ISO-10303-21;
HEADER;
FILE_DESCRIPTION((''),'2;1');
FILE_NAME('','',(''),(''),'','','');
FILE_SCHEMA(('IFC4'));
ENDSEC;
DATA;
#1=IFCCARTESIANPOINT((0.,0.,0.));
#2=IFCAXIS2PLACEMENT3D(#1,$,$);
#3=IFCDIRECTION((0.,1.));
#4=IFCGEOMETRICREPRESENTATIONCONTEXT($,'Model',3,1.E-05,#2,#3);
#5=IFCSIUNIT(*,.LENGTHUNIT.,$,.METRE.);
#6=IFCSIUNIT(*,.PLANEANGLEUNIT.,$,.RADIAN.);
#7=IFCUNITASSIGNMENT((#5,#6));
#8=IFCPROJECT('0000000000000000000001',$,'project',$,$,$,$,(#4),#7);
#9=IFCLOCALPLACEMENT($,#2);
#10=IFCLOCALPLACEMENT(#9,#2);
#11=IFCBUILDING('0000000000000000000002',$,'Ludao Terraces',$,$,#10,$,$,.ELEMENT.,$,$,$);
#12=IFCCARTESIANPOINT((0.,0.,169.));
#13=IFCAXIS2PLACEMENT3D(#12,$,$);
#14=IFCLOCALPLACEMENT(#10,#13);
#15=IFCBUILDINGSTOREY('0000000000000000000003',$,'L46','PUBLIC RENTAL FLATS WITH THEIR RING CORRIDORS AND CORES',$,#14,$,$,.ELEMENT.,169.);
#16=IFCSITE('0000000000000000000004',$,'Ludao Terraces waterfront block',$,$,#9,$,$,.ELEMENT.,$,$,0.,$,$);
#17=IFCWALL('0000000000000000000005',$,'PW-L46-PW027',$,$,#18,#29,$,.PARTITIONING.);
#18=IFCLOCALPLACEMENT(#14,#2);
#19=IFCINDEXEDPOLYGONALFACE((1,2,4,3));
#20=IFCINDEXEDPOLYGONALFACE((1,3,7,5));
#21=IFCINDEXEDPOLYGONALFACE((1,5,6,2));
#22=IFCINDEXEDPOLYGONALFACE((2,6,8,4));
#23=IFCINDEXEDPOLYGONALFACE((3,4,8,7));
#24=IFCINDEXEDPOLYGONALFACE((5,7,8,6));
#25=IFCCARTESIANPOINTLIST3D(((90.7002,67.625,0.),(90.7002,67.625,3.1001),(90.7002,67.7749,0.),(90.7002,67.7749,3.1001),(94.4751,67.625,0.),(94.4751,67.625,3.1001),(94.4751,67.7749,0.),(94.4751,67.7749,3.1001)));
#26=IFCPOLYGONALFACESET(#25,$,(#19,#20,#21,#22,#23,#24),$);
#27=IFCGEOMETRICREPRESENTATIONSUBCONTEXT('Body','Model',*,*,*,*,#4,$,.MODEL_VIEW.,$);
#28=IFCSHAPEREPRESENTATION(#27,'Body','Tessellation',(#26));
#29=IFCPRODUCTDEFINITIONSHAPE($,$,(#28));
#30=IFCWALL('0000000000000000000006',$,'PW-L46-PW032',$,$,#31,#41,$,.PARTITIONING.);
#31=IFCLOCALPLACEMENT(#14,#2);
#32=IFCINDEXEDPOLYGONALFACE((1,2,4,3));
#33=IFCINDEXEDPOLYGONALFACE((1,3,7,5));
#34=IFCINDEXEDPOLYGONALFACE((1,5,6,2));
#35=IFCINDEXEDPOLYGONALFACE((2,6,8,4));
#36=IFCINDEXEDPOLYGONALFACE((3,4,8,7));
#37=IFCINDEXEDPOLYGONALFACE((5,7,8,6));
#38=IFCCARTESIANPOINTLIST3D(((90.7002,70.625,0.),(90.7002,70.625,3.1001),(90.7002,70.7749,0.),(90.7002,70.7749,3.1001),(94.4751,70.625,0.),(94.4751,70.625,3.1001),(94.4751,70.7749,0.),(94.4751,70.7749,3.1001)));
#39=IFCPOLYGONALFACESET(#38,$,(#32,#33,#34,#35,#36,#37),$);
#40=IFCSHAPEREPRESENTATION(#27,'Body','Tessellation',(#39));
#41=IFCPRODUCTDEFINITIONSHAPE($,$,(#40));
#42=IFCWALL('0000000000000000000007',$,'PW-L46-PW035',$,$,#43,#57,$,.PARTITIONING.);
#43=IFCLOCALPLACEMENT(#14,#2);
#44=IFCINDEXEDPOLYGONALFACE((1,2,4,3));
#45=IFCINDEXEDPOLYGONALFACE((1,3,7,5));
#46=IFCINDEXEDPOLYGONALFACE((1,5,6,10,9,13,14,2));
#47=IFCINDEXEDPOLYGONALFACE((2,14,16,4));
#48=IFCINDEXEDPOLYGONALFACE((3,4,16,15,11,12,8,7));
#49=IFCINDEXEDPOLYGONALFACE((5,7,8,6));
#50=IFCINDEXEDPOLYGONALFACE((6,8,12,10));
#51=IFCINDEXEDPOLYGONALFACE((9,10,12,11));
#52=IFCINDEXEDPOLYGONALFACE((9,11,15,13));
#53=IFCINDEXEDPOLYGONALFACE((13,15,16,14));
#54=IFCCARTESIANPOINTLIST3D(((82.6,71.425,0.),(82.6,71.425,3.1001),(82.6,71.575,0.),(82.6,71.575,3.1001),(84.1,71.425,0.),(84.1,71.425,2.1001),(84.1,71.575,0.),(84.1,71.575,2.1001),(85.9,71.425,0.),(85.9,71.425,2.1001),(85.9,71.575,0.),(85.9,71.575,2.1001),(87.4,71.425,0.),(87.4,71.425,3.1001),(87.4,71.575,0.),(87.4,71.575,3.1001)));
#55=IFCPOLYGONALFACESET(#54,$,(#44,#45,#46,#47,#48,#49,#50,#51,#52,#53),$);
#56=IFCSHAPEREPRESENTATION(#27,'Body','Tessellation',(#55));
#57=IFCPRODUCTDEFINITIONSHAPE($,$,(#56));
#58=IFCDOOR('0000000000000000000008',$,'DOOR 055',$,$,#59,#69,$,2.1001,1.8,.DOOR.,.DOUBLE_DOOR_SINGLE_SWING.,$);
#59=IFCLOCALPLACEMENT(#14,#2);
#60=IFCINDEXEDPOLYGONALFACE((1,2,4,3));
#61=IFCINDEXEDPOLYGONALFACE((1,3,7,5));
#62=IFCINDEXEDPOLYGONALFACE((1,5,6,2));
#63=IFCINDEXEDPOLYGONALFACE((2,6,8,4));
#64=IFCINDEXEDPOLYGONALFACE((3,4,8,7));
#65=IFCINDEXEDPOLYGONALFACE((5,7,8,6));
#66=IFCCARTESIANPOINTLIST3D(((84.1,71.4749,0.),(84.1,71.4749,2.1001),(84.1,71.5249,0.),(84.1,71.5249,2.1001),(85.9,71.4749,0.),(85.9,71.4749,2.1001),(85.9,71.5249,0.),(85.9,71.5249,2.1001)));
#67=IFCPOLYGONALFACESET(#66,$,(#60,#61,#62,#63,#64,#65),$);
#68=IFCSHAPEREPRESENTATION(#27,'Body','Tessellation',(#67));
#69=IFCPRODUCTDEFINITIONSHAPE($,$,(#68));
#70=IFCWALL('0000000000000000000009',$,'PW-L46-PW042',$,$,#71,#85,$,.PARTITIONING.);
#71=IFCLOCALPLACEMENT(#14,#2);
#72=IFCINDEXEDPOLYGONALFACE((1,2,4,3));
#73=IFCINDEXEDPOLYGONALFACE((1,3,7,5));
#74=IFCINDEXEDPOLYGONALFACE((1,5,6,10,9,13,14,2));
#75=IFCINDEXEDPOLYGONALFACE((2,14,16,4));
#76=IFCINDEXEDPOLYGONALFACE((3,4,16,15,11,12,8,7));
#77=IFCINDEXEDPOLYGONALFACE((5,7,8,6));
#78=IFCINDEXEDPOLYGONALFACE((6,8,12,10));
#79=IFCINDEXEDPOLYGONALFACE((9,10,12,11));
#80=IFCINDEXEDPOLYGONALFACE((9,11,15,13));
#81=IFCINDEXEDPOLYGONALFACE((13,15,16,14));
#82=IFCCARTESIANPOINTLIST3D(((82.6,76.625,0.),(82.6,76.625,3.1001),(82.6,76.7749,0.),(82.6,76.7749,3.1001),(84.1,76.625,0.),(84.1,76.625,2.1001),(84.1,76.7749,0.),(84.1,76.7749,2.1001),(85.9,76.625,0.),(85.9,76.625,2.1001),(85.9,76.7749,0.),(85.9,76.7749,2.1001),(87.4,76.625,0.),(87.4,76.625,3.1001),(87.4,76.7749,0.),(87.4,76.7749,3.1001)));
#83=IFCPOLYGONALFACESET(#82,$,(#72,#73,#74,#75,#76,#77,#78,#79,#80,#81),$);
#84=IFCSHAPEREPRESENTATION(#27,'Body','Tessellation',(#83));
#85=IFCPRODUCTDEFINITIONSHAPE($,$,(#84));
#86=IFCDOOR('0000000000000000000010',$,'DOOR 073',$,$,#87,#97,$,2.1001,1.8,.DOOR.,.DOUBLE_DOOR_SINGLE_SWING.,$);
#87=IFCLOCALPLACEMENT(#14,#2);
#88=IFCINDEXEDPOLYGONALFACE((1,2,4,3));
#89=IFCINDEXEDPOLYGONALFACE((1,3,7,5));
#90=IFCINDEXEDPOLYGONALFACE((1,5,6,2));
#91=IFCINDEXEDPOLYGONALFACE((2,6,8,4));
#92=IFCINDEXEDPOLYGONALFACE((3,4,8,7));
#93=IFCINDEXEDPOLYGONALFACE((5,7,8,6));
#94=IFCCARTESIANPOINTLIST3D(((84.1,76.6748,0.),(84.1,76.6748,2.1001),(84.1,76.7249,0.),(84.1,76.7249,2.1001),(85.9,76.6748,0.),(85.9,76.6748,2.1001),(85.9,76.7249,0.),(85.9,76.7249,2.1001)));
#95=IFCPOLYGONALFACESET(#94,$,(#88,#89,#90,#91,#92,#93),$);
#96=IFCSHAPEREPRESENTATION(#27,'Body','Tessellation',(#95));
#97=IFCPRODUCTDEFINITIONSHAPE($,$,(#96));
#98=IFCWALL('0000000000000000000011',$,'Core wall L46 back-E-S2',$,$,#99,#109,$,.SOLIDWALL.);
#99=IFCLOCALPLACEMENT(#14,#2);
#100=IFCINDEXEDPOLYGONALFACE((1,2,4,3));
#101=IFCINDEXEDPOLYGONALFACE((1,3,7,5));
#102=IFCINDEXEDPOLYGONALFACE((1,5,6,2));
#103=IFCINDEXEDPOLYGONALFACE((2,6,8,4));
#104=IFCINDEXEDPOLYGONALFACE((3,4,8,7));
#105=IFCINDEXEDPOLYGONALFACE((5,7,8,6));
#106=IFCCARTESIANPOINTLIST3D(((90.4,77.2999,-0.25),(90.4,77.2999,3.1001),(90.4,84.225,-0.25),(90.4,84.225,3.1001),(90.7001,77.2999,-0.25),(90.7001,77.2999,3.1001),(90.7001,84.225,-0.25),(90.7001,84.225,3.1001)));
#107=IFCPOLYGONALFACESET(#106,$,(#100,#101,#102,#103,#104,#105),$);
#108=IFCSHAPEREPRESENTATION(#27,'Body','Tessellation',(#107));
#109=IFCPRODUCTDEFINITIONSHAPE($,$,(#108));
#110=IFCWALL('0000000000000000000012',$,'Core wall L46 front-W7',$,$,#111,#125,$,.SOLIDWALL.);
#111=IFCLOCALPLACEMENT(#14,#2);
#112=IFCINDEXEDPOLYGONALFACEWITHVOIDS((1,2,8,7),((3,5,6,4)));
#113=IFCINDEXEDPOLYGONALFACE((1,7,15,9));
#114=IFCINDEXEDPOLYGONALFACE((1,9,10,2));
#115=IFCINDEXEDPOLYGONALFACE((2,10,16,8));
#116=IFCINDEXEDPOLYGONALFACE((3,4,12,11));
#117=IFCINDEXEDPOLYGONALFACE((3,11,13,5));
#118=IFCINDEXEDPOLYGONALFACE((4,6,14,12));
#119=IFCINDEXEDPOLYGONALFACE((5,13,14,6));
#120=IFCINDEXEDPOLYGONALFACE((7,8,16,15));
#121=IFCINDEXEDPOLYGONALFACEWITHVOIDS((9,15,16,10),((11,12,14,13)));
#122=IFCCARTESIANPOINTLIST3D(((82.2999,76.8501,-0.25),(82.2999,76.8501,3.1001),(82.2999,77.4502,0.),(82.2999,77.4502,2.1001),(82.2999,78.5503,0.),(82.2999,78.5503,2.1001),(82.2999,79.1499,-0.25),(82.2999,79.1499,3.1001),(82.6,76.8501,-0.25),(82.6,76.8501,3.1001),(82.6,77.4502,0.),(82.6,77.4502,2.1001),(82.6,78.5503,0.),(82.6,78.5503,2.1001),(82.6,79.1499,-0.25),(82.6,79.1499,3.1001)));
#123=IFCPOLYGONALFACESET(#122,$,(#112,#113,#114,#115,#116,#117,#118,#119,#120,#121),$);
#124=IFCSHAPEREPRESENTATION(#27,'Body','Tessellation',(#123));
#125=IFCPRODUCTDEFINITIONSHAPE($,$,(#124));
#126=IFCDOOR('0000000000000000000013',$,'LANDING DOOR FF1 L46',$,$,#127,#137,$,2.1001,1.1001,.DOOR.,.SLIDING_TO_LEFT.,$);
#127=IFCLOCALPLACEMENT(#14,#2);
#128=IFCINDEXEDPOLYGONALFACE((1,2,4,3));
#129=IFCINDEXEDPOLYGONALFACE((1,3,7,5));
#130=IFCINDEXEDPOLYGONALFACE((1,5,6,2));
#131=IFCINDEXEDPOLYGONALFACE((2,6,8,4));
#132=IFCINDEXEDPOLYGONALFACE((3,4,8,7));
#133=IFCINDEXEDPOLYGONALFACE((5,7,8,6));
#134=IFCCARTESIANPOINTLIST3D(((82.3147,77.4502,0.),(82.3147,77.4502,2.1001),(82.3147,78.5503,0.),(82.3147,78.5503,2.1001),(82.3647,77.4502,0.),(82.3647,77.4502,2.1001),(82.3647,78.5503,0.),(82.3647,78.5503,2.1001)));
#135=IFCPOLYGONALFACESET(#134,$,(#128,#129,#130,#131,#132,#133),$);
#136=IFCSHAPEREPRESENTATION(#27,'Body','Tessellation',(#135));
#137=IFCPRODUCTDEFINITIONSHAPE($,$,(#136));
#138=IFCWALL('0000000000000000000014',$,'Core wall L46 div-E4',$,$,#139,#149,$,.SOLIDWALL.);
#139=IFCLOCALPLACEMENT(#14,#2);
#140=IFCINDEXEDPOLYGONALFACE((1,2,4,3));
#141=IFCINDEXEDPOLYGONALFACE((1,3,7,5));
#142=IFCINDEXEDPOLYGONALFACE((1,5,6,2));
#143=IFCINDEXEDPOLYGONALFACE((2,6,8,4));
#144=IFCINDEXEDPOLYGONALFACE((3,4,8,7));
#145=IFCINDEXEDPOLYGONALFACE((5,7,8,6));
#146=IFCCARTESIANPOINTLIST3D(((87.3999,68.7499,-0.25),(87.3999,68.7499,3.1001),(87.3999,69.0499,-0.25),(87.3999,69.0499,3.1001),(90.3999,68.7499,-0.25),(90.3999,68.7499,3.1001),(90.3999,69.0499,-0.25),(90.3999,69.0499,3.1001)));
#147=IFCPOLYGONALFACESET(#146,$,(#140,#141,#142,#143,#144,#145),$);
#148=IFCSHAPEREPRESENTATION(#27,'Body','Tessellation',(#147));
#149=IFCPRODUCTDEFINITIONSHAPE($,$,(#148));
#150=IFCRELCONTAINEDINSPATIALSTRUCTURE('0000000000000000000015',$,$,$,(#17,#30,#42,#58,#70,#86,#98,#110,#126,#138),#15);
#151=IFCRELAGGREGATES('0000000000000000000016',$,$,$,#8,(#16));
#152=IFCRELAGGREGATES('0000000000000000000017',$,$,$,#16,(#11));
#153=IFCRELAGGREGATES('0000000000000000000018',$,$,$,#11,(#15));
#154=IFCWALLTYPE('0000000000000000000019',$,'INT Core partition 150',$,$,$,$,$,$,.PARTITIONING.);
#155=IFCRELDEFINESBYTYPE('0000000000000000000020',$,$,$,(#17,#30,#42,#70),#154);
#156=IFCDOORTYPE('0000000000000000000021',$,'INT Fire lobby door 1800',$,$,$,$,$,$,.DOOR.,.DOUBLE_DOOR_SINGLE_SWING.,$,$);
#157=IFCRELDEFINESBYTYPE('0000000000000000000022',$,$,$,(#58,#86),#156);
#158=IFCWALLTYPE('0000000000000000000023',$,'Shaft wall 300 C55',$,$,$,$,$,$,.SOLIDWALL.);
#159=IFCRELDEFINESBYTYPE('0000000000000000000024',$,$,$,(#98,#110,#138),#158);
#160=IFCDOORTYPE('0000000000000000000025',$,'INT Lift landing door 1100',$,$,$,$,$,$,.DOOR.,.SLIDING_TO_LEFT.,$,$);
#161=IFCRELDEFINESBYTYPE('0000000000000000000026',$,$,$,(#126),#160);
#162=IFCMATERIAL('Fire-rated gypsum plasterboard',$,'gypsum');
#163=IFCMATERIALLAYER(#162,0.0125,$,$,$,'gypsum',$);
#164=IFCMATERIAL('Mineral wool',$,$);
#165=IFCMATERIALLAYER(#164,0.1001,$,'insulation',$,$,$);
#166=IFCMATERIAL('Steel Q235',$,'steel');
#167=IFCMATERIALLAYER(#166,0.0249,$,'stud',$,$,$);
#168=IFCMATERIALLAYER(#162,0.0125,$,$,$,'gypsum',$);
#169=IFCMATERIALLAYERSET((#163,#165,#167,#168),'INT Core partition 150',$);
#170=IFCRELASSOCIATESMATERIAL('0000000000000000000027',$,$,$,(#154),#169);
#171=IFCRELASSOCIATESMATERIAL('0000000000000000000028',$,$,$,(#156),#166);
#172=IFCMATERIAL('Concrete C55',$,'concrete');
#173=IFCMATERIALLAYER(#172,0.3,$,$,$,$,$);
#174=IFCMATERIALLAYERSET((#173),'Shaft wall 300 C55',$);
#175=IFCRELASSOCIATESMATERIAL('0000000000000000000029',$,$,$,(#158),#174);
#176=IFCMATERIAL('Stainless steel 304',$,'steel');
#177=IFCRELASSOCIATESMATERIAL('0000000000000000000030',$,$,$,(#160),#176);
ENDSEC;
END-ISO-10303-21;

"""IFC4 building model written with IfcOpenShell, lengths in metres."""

from ifc_helpers import new_model, si_unit, direction, frame, frame_2d, origin, place, context, subcontext, project, spatial, rectangle, extrude, material, layer, layer_set, type_object, element, fill, save


model = new_model("IFC4")

# Units and contexts
model_context = context("Model", 3, precision=1e-05, world=origin(), true_north=direction((0.0, 1.0)))
body_context = subcontext(model_context, "Body", "Model", "MODEL_VIEW")
ifc_project = project(units=[si_unit("LENGTHUNIT", "METRE"), si_unit("PLANEANGLEUNIT", "RADIAN")], contexts=[model_context])

# Site, building, storey
site_placement = place(None, origin())
site = spatial("IfcSite", under=ifc_project, at=site_placement, Name="Ludao Terraces waterfront block", CompositionType="ELEMENT", RefElevation=0.0)
building_placement = place(site_placement, origin())
building = spatial("IfcBuilding", under=site, at=building_placement, Name="Ludao Terraces", CompositionType="ELEMENT")
storey_placement = place(building_placement, frame((0.0, 0.0, 169.0)))
storey = spatial("IfcBuildingStorey", under=building, at=storey_placement, Name="L46", Description="PUBLIC RENTAL FLATS WITH THEIR RING CORRIDORS AND CORES", CompositionType="ELEMENT", Elevation=169.0)

# Walls
ifc_material_1 = material(Name="Fire-rated gypsum plasterboard", Category="gypsum")
ifc_layer_1 = layer(ifc_material_1, 0.0125, Category="gypsum")
ifc_material_2 = material(Name="Mineral wool")
ifc_layer_2 = layer(ifc_material_2, 0.1001, Name="insulation")
ifc_material_3 = material(Name="Steel Q235", Category="steel")
ifc_layer_3 = layer(ifc_material_3, 0.0249, Name="stud")
ifc_layer_4 = layer(ifc_material_1, 0.0125, Category="gypsum")
ifc_layer_set_1 = layer_set([ifc_layer_1, ifc_layer_2, ifc_layer_3, ifc_layer_4], Name="INT Core partition 150")
wall_type_1 = type_object("IfcWallType", Name="INT Core partition 150", PredefinedType="PARTITIONING", material=ifc_layer_set_1)
for number, where, z_axis, x_axis, name in (
    (1, (90.7002, 67.7, 0.0), (0.0, 0.0, 1.0), (1.0, 0.0, 0.0), "PW-L46-PW027"),
    (2, (90.7002, 70.7, 0.0), (0.0, 0.0, 1.0), (1.0, 0.0, 0.0), "PW-L46-PW032"),
):
    element("IfcWall", number, at=place(storey_placement, frame(where, z_axis=z_axis, x_axis=x_axis)), inside=storey, type_object=wall_type_1, Name=name, PredefinedType="PARTITIONING", context=body_context, shape_type="SweptSolid", body=[
        extrude(rectangle(XDim=3.7749, YDim=0.1499, at=frame_2d((1.8875, 0.0))), origin(), (0.0, 0.0, 1.0), 3.1001),
    ])

# Walls, openings, doors
wall_1_placement = place(storey_placement, frame((82.6001, 71.5, 0.0), z_axis=(0.0, 0.0, 1.0), x_axis=(1.0, 0.0, 0.0)))
wall_1 = element("IfcWall", 3, at=wall_1_placement, inside=storey, type_object=wall_type_1, Name="PW-L46-PW035", PredefinedType="PARTITIONING", context=body_context, shape_type="SweptSolid", body=[
    extrude(rectangle(XDim=4.8, YDim=0.1499, at=frame_2d((2.3999, 0.0))), origin(), (0.0, 0.0, 1.0), 3.1001),
])
opening_1_placement = place(wall_1_placement, frame((1.5, 0.0, 0.0)))
opening_1 = element("IfcOpeningElement", 4, at=opening_1_placement, cuts=wall_1, PredefinedType="OPENING", context=body_context, shape_type="SweptSolid", body=[
    extrude(rectangle(XDim=1.8, YDim=2.1001, at=frame_2d((0.8999, 1.05))), frame((0.0, 0.085, 0.0), z_axis=(0.0, -1.0, 0.0), x_axis=(1.0, 0.0, 0.0)), (0.0, 0.0, 1.0), 0.1699),
])
door_type_1 = type_object("IfcDoorType", Name="INT Fire lobby door 1800", OperationType="DOUBLE_DOOR_SINGLE_SWING", PredefinedType="DOOR", material=ifc_material_3)
door_1_placement = place(opening_1_placement, origin())
door_1 = element("IfcDoor", 5, at=door_1_placement, inside=storey, type_object=door_type_1, Name="DOOR 055", OperationType="DOUBLE_DOOR_SINGLE_SWING", OverallHeight=2.1001, OverallWidth=1.8, PredefinedType="DOOR", context=body_context, shape_type="SweptSolid", body=[
    extrude(rectangle(XDim=1.8, YDim=2.1001, at=frame_2d((0.8999, 1.05))), frame((0.0, 0.0249, 0.0), z_axis=(0.0, -1.0, 0.0), x_axis=(1.0, 0.0, 0.0)), (0.0, 0.0, 1.0), 0.05),
])
fill(opening_1, door_1)
wall_2_placement = place(storey_placement, frame((82.6001, 76.7, 0.0), z_axis=(0.0, 0.0, 1.0), x_axis=(1.0, 0.0, 0.0)))
wall_2 = element("IfcWall", 6, at=wall_2_placement, inside=storey, type_object=wall_type_1, Name="PW-L46-PW042", PredefinedType="PARTITIONING", context=body_context, shape_type="SweptSolid", body=[
    extrude(rectangle(XDim=4.8, YDim=0.1499, at=frame_2d((2.3999, 0.0))), origin(), (0.0, 0.0, 1.0), 3.1001),
])
opening_2_placement = place(wall_2_placement, frame((1.5, 0.0, 0.0)))
opening_2 = element("IfcOpeningElement", 7, at=opening_2_placement, cuts=wall_2, PredefinedType="OPENING", context=body_context, shape_type="SweptSolid", body=[
    extrude(rectangle(XDim=1.8, YDim=2.1001, at=frame_2d((0.8999, 1.05))), frame((0.0, 0.085, 0.0), z_axis=(0.0, -1.0, 0.0), x_axis=(1.0, 0.0, 0.0)), (0.0, 0.0, 1.0), 0.1699),
])
door_2_placement = place(opening_2_placement, origin())
door_2 = element("IfcDoor", 8, at=door_2_placement, inside=storey, type_object=door_type_1, Name="DOOR 073", OperationType="DOUBLE_DOOR_SINGLE_SWING", OverallHeight=2.1001, OverallWidth=1.8, PredefinedType="DOOR", context=body_context, shape_type="SweptSolid", body=[
    extrude(rectangle(XDim=1.8, YDim=2.1001, at=frame_2d((0.8999, 1.05))), frame((0.0, 0.0249, 0.0), z_axis=(0.0, -1.0, 0.0), x_axis=(1.0, 0.0, 0.0)), (0.0, 0.0, 1.0), 0.05),
])
fill(opening_2, door_2)

# Wall
ifc_material_4 = material(Name="Concrete C55", Category="concrete")
ifc_layer_5 = layer(ifc_material_4, 0.3)
ifc_layer_set_2 = layer_set([ifc_layer_5], Name="Shaft wall 300 C55")
wall_type_2 = type_object("IfcWallType", Name="Shaft wall 300 C55", PredefinedType="SOLIDWALL", material=ifc_layer_set_2)
wall_3_placement = place(storey_placement, frame((90.55, 77.3, -0.25), z_axis=(0.0, 0.0, 1.0), x_axis=(0.0, 1.0, 0.0)))
element("IfcWall", 9, at=wall_3_placement, inside=storey, type_object=wall_type_2, Name="Core wall L46 back-E-S2", PredefinedType="SOLIDWALL", context=body_context, shape_type="SweptSolid", body=[
    extrude(rectangle(XDim=6.925, YDim=0.3, at=frame_2d((3.4624, 0.0))), origin(), (0.0, 0.0, 1.0), 3.3501),
])

# Wall, opening, door
wall_4_placement = place(storey_placement, frame((82.45, 76.8501, -0.25), z_axis=(0.0, 0.0, 1.0), x_axis=(0.0, 1.0, 0.0)))
wall_4 = element("IfcWall", 10, at=wall_4_placement, inside=storey, type_object=wall_type_2, Name="Core wall L46 front-W7", PredefinedType="SOLIDWALL", context=body_context, shape_type="SweptSolid", body=[
    extrude(rectangle(XDim=2.2998, YDim=0.3, at=frame_2d((1.1499, 0.0))), origin(), (0.0, 0.0, 1.0), 3.3501),
])
opening_3_placement = place(wall_4_placement, frame((0.6001, 0.0, 0.25)))
opening_3 = element("IfcOpeningElement", 11, at=opening_3_placement, cuts=wall_4, PredefinedType="OPENING", context=body_context, shape_type="SweptSolid", body=[
    extrude(rectangle(XDim=1.1001, YDim=2.1001, at=frame_2d((0.55, 1.05))), frame((0.0, 0.1602, 0.0), z_axis=(0.0, -1.0, 0.0), x_axis=(1.0, 0.0, 0.0)), (0.0, 0.0, 1.0), 0.3201),
])
ifc_material_5 = material(Name="Stainless steel 304", Category="steel")
door_type_2 = type_object("IfcDoorType", Name="INT Lift landing door 1100", OperationType="SLIDING_TO_LEFT", PredefinedType="DOOR", material=ifc_material_5)
door_3_placement = place(opening_3_placement, origin())
door_3 = element("IfcDoor", 12, at=door_3_placement, inside=storey, type_object=door_type_2, Name="LANDING DOOR FF1 L46", OperationType="SLIDING_TO_LEFT", OverallHeight=2.1001, OverallWidth=1.1001, PredefinedType="DOOR", context=body_context, shape_type="SweptSolid", body=[
    extrude(rectangle(XDim=1.1001, YDim=2.1001, at=frame_2d((0.55, 1.05))), frame((0.0, 0.1353, 0.0), z_axis=(0.0, -1.0, 0.0), x_axis=(1.0, 0.0, 0.0)), (0.0, 0.0, 1.0), 0.05),
])
fill(opening_3, door_3)

# Wall
wall_5_placement = place(storey_placement, frame((87.3999, 68.8999, -0.25), z_axis=(0.0, 0.0, 1.0), x_axis=(1.0, 0.0, 0.0)))
element("IfcWall", 13, at=wall_5_placement, inside=storey, type_object=wall_type_2, Name="Core wall L46 div-E4", PredefinedType="SOLIDWALL", context=body_context, shape_type="SweptSolid", body=[
    extrude(rectangle(XDim=3.0, YDim=0.3, at=frame_2d((1.5, 0.0))), origin(), (0.0, 0.0, 1.0), 3.3501),
])

save(model, "model.ifc")
